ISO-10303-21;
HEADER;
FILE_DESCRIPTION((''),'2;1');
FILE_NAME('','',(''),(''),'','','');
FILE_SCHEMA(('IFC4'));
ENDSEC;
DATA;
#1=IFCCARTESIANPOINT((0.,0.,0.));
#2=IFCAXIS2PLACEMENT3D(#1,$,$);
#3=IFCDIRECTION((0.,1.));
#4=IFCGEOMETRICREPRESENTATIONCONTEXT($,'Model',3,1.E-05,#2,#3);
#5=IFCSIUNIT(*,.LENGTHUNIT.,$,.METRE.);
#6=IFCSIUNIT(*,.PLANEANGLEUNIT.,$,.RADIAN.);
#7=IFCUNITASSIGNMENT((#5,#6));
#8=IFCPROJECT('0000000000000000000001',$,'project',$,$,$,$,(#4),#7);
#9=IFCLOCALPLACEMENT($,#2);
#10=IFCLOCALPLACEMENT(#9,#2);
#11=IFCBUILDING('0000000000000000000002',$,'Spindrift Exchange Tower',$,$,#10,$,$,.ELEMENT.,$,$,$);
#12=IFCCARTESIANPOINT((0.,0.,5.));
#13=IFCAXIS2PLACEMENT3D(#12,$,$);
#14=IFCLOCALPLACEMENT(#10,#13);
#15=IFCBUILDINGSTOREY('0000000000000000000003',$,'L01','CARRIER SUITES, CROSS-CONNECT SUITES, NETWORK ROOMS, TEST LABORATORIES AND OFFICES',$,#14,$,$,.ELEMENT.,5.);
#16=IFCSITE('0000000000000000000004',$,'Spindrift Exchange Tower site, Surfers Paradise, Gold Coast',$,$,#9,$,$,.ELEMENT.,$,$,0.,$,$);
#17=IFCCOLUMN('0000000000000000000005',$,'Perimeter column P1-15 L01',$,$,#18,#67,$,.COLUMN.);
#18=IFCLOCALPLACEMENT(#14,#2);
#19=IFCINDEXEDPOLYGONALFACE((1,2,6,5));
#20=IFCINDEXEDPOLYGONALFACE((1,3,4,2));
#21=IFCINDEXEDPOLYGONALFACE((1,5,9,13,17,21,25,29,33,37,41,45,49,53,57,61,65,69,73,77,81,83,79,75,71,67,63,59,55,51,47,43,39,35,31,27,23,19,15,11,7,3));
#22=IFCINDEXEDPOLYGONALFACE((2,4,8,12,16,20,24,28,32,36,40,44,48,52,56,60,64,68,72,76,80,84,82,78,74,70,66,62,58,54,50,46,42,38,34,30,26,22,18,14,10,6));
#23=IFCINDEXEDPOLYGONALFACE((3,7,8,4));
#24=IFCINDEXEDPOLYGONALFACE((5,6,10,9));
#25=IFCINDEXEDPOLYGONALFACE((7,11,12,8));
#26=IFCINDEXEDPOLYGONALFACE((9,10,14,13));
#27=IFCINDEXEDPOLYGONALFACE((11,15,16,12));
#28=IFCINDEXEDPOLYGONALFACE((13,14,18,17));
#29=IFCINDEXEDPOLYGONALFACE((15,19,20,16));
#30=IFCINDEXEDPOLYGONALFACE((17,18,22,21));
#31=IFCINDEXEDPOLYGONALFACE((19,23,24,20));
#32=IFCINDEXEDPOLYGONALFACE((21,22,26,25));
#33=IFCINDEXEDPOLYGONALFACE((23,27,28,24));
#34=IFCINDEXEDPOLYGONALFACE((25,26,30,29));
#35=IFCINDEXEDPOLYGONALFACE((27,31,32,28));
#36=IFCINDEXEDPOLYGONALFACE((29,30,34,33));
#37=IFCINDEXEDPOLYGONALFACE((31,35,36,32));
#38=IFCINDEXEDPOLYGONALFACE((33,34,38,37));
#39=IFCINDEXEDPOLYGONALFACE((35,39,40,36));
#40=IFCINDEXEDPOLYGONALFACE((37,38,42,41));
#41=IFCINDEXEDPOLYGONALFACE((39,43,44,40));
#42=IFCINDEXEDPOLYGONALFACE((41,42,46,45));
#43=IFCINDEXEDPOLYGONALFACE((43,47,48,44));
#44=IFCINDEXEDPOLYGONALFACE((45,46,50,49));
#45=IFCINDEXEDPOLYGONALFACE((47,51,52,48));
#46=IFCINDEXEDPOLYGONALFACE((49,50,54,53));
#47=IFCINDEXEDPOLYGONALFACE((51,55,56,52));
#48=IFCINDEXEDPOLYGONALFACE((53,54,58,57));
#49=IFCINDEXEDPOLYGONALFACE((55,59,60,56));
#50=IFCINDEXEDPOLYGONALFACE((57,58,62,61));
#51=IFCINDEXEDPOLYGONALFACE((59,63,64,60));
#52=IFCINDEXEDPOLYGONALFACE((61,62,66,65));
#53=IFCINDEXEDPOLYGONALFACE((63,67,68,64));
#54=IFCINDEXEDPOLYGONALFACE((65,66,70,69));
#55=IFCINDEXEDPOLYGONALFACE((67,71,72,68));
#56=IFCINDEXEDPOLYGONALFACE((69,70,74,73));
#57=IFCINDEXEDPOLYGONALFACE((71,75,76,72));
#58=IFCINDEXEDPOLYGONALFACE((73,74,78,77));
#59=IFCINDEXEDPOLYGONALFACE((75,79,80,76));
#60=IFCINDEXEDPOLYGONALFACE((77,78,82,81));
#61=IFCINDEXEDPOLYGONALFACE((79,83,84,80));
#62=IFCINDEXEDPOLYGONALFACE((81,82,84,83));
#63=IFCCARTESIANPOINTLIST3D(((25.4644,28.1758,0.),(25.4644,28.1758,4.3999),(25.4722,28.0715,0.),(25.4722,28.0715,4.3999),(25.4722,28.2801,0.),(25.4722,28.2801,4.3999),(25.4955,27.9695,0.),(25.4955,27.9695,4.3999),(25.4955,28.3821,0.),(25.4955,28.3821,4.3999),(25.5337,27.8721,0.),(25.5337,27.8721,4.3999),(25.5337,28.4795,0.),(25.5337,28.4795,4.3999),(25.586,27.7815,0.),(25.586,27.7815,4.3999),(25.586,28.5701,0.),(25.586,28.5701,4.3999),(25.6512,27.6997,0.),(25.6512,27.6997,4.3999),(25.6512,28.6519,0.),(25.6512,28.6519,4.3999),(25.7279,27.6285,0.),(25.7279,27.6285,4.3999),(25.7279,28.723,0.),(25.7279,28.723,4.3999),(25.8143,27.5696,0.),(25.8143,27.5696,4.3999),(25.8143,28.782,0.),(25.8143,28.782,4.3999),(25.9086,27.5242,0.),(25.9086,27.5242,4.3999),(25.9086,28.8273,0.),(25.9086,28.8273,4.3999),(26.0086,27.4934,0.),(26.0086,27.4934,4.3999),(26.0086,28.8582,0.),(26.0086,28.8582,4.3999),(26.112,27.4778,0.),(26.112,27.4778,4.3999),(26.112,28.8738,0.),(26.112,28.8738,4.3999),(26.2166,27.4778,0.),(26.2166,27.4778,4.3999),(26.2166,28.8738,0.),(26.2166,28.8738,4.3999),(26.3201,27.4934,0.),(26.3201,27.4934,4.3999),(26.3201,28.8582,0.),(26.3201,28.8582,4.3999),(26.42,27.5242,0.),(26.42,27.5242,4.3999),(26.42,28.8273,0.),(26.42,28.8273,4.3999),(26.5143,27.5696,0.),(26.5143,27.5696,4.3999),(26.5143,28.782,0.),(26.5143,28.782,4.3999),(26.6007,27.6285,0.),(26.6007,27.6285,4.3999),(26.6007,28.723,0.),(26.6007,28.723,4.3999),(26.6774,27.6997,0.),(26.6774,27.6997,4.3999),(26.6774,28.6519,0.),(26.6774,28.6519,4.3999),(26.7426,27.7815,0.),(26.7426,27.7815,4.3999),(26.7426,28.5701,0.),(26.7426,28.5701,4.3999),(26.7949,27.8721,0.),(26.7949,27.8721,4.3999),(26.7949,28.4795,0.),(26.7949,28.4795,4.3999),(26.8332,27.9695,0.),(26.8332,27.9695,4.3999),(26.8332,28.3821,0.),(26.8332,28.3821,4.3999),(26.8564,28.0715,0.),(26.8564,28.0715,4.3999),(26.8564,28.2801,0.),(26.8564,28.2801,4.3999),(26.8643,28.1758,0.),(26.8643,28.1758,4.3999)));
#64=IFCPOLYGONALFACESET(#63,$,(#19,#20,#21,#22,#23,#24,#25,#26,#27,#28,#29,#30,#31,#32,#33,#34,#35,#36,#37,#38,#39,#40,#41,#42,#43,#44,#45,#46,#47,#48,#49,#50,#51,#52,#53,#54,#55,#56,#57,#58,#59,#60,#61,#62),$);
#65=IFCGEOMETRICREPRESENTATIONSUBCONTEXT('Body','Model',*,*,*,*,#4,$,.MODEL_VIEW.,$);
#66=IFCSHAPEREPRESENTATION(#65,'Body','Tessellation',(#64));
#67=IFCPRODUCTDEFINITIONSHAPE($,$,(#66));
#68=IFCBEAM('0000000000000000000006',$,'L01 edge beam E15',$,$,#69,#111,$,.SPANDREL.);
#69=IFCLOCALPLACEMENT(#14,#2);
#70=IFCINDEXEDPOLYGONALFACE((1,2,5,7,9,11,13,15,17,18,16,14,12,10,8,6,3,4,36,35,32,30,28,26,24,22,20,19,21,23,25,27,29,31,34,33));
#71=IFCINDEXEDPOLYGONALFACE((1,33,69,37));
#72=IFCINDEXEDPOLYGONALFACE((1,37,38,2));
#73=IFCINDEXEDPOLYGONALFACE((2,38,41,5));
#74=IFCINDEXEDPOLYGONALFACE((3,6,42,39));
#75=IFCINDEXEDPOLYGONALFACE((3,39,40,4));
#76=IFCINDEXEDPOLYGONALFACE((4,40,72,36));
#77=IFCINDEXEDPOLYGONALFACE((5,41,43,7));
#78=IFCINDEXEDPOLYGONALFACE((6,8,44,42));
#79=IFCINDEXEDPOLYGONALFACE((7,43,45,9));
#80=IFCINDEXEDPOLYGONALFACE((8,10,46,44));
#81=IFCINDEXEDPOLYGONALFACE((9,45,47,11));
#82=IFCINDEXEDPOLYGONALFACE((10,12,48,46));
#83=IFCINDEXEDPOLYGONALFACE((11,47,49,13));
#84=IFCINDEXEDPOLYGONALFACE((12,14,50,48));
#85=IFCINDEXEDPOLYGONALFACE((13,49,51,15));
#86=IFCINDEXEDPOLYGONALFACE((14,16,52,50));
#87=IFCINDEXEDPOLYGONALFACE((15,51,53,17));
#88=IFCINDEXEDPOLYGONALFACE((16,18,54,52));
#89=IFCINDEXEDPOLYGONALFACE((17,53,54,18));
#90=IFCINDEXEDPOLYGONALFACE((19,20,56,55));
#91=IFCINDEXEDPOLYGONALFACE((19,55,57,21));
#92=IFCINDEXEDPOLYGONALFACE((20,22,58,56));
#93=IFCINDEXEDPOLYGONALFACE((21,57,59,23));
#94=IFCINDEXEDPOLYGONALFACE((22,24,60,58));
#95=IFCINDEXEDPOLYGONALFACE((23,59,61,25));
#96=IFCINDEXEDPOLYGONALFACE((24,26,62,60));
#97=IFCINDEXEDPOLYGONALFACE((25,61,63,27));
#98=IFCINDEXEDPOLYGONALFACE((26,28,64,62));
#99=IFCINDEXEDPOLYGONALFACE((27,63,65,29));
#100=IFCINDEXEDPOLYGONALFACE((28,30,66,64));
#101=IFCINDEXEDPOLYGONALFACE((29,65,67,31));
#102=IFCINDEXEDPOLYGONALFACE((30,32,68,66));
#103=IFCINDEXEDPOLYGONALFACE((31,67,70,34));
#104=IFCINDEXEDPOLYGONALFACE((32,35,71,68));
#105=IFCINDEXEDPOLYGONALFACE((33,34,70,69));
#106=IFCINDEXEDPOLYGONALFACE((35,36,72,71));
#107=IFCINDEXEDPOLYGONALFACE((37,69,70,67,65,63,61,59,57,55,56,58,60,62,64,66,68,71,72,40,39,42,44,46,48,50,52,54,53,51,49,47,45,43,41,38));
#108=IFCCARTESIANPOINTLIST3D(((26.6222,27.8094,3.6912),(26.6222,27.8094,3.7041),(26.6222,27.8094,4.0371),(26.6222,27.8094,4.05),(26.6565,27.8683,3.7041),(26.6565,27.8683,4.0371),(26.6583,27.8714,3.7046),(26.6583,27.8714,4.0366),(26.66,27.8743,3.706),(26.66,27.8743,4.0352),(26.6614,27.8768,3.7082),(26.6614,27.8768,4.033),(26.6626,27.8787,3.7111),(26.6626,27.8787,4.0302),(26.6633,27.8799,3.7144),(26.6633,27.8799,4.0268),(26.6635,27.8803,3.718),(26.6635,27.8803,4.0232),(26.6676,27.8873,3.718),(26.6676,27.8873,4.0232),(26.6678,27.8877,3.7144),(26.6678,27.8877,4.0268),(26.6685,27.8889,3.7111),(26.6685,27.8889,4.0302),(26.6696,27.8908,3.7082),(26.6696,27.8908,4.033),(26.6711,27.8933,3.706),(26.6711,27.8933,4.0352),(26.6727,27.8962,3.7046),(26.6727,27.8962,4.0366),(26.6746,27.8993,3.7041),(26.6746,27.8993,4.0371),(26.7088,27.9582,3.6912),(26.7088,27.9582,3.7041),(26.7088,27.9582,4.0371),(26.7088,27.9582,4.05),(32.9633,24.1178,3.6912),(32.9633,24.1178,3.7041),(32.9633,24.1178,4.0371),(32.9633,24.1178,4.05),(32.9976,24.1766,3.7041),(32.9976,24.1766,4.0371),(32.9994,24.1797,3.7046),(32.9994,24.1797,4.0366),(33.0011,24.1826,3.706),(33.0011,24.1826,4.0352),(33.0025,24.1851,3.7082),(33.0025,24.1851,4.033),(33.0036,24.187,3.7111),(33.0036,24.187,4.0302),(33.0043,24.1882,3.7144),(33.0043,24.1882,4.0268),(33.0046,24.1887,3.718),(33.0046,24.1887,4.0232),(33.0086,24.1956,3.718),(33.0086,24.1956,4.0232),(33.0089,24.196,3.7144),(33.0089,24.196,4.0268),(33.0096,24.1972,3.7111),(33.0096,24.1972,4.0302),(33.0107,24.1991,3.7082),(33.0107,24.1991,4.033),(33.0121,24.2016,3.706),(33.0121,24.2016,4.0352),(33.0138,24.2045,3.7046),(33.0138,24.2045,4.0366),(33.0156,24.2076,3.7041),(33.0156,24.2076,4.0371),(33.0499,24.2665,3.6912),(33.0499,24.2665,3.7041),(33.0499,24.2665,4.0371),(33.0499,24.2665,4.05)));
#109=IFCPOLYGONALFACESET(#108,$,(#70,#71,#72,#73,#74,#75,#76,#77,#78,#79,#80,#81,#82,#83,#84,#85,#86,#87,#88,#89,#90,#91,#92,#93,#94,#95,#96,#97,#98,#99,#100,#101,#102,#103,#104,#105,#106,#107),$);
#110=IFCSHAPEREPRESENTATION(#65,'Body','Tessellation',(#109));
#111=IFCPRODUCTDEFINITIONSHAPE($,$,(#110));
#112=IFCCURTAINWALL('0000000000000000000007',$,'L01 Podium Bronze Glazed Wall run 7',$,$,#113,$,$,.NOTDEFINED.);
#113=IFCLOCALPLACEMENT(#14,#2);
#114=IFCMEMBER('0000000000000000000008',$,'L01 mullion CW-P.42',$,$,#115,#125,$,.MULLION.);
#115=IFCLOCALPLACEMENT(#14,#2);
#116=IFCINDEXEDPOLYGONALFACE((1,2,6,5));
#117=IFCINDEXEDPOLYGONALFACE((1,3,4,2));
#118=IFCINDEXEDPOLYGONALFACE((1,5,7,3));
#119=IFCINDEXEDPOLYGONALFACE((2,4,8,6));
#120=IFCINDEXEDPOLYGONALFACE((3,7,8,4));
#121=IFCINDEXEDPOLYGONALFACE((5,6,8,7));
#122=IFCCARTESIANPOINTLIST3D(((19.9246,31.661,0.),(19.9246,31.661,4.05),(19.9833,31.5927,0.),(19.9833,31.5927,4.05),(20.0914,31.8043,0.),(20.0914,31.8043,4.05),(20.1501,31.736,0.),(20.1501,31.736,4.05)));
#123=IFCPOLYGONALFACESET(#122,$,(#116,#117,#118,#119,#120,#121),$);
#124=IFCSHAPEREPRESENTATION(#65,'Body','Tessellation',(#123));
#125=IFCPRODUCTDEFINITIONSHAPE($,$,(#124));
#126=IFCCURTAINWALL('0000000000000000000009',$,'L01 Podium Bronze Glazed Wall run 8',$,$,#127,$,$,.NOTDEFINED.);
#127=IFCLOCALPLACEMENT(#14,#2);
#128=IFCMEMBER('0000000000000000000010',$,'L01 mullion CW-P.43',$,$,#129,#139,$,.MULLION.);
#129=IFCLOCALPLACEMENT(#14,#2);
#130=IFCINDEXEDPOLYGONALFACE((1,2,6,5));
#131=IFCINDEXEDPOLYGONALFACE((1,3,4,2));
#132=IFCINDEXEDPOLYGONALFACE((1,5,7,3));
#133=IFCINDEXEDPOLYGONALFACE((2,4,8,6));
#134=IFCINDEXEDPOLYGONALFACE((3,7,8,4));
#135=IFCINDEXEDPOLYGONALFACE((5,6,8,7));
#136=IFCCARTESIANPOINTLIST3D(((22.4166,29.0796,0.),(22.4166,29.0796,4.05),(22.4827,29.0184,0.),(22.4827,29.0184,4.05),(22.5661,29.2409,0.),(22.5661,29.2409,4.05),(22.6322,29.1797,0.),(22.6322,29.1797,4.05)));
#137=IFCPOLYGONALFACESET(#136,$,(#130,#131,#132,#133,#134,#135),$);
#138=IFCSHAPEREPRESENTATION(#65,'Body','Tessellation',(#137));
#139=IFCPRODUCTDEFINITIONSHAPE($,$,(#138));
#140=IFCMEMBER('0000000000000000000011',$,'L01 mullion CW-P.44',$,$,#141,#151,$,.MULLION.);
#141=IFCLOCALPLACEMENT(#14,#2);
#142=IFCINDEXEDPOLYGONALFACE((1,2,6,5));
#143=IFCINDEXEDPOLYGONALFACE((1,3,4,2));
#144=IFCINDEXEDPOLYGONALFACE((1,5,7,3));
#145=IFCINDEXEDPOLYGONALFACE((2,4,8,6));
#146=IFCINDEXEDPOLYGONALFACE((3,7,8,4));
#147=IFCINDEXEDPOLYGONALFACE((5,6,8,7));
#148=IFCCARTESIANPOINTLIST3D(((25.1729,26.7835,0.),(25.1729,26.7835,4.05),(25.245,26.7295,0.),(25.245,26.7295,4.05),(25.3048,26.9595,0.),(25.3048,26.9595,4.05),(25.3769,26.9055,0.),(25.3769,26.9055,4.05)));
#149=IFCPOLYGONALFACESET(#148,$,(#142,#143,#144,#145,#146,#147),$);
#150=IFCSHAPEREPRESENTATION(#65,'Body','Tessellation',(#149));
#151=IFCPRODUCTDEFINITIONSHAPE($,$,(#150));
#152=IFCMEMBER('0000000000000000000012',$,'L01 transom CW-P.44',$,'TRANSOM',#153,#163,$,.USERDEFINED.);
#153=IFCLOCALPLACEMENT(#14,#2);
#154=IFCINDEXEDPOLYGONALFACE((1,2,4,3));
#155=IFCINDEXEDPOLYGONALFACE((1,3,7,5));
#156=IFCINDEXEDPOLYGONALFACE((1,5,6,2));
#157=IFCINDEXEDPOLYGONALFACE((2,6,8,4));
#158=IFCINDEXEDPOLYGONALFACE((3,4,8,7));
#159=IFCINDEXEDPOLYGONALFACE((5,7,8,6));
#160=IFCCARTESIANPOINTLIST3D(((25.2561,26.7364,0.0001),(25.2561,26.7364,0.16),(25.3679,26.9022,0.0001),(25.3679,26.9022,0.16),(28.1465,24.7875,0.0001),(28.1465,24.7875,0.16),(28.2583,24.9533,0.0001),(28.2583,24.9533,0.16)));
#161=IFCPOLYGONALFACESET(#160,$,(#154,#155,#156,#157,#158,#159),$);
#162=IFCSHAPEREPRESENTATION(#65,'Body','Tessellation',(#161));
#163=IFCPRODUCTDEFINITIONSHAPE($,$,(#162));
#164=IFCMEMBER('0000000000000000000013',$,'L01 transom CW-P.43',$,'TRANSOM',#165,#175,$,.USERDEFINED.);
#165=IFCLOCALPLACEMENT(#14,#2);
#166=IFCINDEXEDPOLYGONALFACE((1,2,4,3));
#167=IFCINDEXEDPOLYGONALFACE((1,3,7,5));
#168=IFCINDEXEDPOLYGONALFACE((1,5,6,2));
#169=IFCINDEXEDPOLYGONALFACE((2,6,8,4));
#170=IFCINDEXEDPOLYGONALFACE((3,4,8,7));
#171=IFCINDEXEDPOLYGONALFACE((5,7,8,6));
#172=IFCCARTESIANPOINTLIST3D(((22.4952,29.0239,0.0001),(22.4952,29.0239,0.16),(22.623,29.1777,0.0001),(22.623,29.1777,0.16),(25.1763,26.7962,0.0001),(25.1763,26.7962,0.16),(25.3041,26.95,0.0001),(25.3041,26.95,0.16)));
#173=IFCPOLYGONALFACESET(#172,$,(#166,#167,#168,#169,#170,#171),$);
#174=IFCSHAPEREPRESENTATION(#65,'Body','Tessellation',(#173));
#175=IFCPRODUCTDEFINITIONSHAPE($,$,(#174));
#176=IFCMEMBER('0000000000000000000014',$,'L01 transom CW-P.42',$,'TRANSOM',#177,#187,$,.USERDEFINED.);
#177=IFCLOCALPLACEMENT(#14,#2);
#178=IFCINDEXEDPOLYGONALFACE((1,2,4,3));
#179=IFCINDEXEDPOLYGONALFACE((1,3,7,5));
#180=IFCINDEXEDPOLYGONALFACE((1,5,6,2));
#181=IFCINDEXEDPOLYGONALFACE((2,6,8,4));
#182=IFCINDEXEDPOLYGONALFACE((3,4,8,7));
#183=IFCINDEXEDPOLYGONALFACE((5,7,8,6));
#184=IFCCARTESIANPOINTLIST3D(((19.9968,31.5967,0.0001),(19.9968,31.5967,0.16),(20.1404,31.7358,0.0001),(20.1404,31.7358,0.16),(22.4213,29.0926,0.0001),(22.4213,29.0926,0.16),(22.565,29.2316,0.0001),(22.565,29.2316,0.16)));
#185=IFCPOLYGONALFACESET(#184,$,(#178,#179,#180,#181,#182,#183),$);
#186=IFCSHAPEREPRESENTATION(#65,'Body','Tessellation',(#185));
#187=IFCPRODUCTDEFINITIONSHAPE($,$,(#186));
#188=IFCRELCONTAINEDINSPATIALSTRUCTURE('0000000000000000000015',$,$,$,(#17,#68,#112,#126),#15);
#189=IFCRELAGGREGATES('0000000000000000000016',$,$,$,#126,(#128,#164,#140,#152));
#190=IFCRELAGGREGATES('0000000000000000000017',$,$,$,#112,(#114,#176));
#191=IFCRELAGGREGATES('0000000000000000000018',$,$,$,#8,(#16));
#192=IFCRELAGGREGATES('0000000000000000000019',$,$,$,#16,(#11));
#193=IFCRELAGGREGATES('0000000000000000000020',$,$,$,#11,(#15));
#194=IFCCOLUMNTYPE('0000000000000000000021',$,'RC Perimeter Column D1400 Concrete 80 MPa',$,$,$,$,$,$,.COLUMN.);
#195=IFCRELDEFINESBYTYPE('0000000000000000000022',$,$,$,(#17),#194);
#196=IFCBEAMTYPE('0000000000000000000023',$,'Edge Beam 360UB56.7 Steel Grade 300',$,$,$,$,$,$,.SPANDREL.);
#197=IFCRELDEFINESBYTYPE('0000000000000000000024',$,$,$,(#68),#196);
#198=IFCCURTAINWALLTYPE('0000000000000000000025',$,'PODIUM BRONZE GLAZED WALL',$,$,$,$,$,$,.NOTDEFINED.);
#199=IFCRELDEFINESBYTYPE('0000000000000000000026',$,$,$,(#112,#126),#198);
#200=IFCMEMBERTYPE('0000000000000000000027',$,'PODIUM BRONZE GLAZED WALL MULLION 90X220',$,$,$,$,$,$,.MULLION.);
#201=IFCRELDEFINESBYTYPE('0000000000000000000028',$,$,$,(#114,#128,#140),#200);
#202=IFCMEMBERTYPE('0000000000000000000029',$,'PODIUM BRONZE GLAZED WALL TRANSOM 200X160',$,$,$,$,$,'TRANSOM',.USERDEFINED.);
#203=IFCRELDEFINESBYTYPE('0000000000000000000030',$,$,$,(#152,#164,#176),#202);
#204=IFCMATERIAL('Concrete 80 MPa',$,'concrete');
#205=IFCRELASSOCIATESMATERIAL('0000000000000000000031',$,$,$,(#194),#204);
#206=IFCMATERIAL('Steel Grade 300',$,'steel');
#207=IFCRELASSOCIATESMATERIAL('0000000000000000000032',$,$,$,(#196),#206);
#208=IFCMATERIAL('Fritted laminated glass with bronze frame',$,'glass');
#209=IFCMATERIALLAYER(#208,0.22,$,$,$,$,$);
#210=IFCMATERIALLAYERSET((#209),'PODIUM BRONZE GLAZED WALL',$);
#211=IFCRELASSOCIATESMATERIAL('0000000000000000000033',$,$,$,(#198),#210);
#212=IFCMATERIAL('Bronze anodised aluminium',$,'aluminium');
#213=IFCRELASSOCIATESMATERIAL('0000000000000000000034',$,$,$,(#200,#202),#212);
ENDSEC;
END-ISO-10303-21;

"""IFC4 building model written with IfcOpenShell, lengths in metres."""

from ifc_helpers import new_model, si_unit, direction, frame, origin, origin_2d, place, context, subcontext, project, spatial, rectangle, circle, i_section, extrude, source, transform, mapped, material, layer, layer_set, material_profile, profile_set, type_object, element, aggregate, save


model = new_model("IFC4")

# Units and contexts
model_context = context("Model", 3, precision=1e-05, world=origin(), true_north=direction((0.0, 1.0)))
body_context = subcontext(model_context, "Body", "Model", "MODEL_VIEW")
ifc_project = project(units=[si_unit("LENGTHUNIT", "METRE"), si_unit("PLANEANGLEUNIT", "RADIAN")], contexts=[model_context])

# Site, building, storey
site_placement = place(None, origin())
site = spatial("IfcSite", under=ifc_project, at=site_placement, Name="Spindrift Exchange Tower site, Surfers Paradise, Gold Coast", CompositionType="ELEMENT", RefElevation=0.0)
building_placement = place(site_placement, origin())
building = spatial("IfcBuilding", under=site, at=building_placement, Name="Spindrift Exchange Tower", CompositionType="ELEMENT")
storey_placement = place(building_placement, frame((0.0, 0.0, 5.0)))
storey = spatial("IfcBuildingStorey", under=building, at=storey_placement, Name="L01", Description="CARRIER SUITES, CROSS-CONNECT SUITES, NETWORK ROOMS, TEST LABORATORIES AND OFFICES", CompositionType="ELEMENT", Elevation=5.0)

# Column
ifc_material_1 = material(Name="Concrete 80 MPa", Category="concrete")
ifc_material_profile_1 = material_profile(ifc_material_1, circle(Radius=0.7, at=origin_2d()), Name="RC D1400")
ifc_profile_set_1 = profile_set([ifc_material_profile_1], Name="Concrete 80 MPa")
column_type = type_object("IfcColumnType", Name="RC Perimeter Column D1400 Concrete 80 MPa", PredefinedType="COLUMN", material=ifc_profile_set_1)
shared_shape_1 = source(origin(), body_context, "Body", "SweptSolid", [
    extrude(circle(Radius=0.7, at=origin_2d()), origin(), (0.0, 0.0, 1.0), 4.3999),
])
column_placement = place(storey_placement, frame((26.1643, 28.1758, 0.0), z_axis=(0.0, 0.0, 1.0), x_axis=(1.0, 0.0, 0.0)))
element("IfcColumn", 1, at=column_placement, inside=storey, type_object=column_type, Name="Perimeter column P1-15 L01", PredefinedType="COLUMN", context=body_context, shape_type="MappedRepresentation", body=[
    mapped(shared_shape_1, transform((0.0, 0.0, 0.0), scale=1.0)),
])

# Beam
ifc_material_2 = material(Name="Steel Grade 300", Category="steel")
ifc_material_profile_2 = material_profile(ifc_material_2, i_section(OverallWidth=0.1721, OverallDepth=0.3589, WebThickness=0.0081, FlangeThickness=0.0129, FilletRadius=0.0139, at=origin_2d()), Name="360UB56.7")
ifc_profile_set_2 = profile_set([ifc_material_profile_2], Name="Steel Grade 300")
beam_type = type_object("IfcBeamType", Name="Edge Beam 360UB56.7 Steel Grade 300", PredefinedType="SPANDREL", material=ifc_profile_set_2)
shared_shape_2 = source(origin(), body_context, "Body", "SweptSolid", [
    extrude(i_section(OverallWidth=0.1721, OverallDepth=0.3589, WebThickness=0.0081, FlangeThickness=0.0129, FilletRadius=0.0139, at=origin_2d()), origin(), (0.0, 0.0, 1.0), 7.3374),
])
beam_placement = place(storey_placement, frame((26.6655, 27.8838, 3.8706), z_axis=(0.864212, -0.503128, 0.0), x_axis=(0.503128, 0.864212, 0.0)))
element("IfcBeam", 2, at=beam_placement, inside=storey, type_object=beam_type, Name="L01 edge beam E15", PredefinedType="SPANDREL", context=body_context, shape_type="MappedRepresentation", body=[
    mapped(shared_shape_2, transform((0.0, 0.0, 0.0), scale=1.0)),
])

# Curtain wall, member
ifc_material_3 = material(Name="Fritted laminated glass with bronze frame", Category="glass")
ifc_layer_1 = layer(ifc_material_3, 0.22)
ifc_layer_set_1 = layer_set([ifc_layer_1], Name="PODIUM BRONZE GLAZED WALL")
curtain_wall_type = type_object("IfcCurtainWallType", Name="PODIUM BRONZE GLAZED WALL", PredefinedType="NOTDEFINED", material=ifc_layer_set_1)
curtain_wall_1_placement = place(storey_placement, origin())
curtain_wall_1 = element("IfcCurtainWall", 3, at=curtain_wall_1_placement, inside=storey, type_object=curtain_wall_type, Name="L01 Podium Bronze Glazed Wall run 7", PredefinedType="NOTDEFINED")
ifc_material_4 = material(Name="Bronze anodised aluminium", Category="aluminium")
ifc_material_profile_3 = material_profile(ifc_material_4, rectangle(XDim=0.0901, YDim=0.22, at=origin_2d()), Name="PODIUM BRONZE GLAZED WALL MULLION 90X220")
ifc_profile_set_3 = profile_set([ifc_material_profile_3], Name="Bronze anodised aluminium")
member_type_1 = type_object("IfcMemberType", Name="PODIUM BRONZE GLAZED WALL MULLION 90X220", PredefinedType="MULLION", material=ifc_profile_set_3)
shared_shape_3 = source(origin(), body_context, "Body", "SweptSolid", [
    extrude(rectangle(XDim=0.0901, YDim=0.22, at=origin_2d()), origin(), (0.0, 0.0, 1.0), 4.05),
])
member_1_placement = place(storey_placement, frame((20.0374, 31.6985, 0.0), z_axis=(0.0, 0.0, 1.0), x_axis=(0.651538, -0.758616, 0.0)))
member_1 = element("IfcMember", 4, at=member_1_placement, type_object=member_type_1, Name="L01 mullion CW-P.42", PredefinedType="MULLION", context=body_context, shape_type="MappedRepresentation", body=[
    mapped(shared_shape_3, transform((0.0, 0.0, 0.0), scale=1.0)),
])

# Curtain wall, members
curtain_wall_2_placement = place(storey_placement, origin())
curtain_wall_2 = element("IfcCurtainWall", 5, at=curtain_wall_2_placement, inside=storey, type_object=curtain_wall_type, Name="L01 Podium Bronze Glazed Wall run 8", PredefinedType="NOTDEFINED")
member_2_placement = place(storey_placement, frame((22.5244, 29.1296, 0.0), z_axis=(0.0, 0.0, 1.0), x_axis=(0.733434, -0.679761, 0.0)))
member_2 = element("IfcMember", 6, at=member_2_placement, type_object=member_type_1, Name="L01 mullion CW-P.43", PredefinedType="MULLION", context=body_context, shape_type="MappedRepresentation", body=[
    mapped(shared_shape_3, transform((0.0, 0.0, 0.0), scale=1.0)),
])
member_3_placement = place(storey_placement, frame((25.2749, 26.8445, 0.0), z_axis=(0.0, 0.0, 1.0), x_axis=(0.800125, -0.599833, 0.0)))
member_3 = element("IfcMember", 7, at=member_3_placement, type_object=member_type_1, Name="L01 mullion CW-P.44", PredefinedType="MULLION", context=body_context, shape_type="MappedRepresentation", body=[
    mapped(shared_shape_3, transform((0.0, 0.0, 0.0), scale=1.0)),
])
ifc_material_profile_4 = material_profile(ifc_material_4, rectangle(XDim=0.2, YDim=0.1599, at=origin_2d()), Name="PODIUM BRONZE GLAZED WALL TRANSOM 200X160")
ifc_profile_set_4 = profile_set([ifc_material_profile_4], Name="Bronze anodised aluminium")
member_type_2 = type_object("IfcMemberType", Name="PODIUM BRONZE GLAZED WALL TRANSOM 200X160", ElementType="TRANSOM", PredefinedType="USERDEFINED", material=ifc_profile_set_4)
shared_shape_4 = source(origin(), body_context, "Body", "SweptSolid", [
    extrude(rectangle(XDim=0.2, YDim=0.1599, at=origin_2d()), origin(), (0.0, 0.0, 1.0), 3.4861),
])
member_4_placement = place(storey_placement, frame((25.312, 26.8193, 0.0801), z_axis=(0.829119, -0.559072, 0.0), x_axis=(0.559072, 0.829119, 0.0)))
member_4 = element("IfcMember", 8, at=member_4_placement, type_object=member_type_2, Name="L01 transom CW-P.44", ObjectType="TRANSOM", PredefinedType="USERDEFINED", context=body_context, shape_type="MappedRepresentation", body=[
    mapped(shared_shape_4, transform((0.0, 0.0, 0.0), scale=1.0)),
])
shared_shape_5 = source(origin(), body_context, "Body", "SweptSolid", [
    extrude(rectangle(XDim=0.2, YDim=0.1599, at=origin_2d()), origin(), (0.0, 0.0, 1.0), 3.4858),
])
member_5_placement = place(storey_placement, frame((22.5591, 29.1008, 0.0801), z_axis=(0.769139, -0.639082, 0.0), x_axis=(0.639082, 0.769139, 0.0)))
member_5 = element("IfcMember", 9, at=member_5_placement, type_object=member_type_2, Name="L01 transom CW-P.43", ObjectType="TRANSOM", PredefinedType="USERDEFINED", context=body_context, shape_type="MappedRepresentation", body=[
    mapped(shared_shape_5, transform((0.0, 0.0, 0.0), scale=1.0)),
])

# Member
shared_shape_6 = source(origin(), body_context, "Body", "SweptSolid", [
    extrude(rectangle(XDim=0.2, YDim=0.1599, at=origin_2d()), origin(), (0.0, 0.0, 1.0), 3.4856),
])
member_6_placement = place(storey_placement, frame((20.0686, 31.6663, 0.0801), z_axis=(0.695598, -0.718432, 0.0), x_axis=(0.718432, 0.695598, 0.0)))
member_6 = element("IfcMember", 10, at=member_6_placement, type_object=member_type_2, Name="L01 transom CW-P.42", ObjectType="TRANSOM", PredefinedType="USERDEFINED", context=body_context, shape_type="MappedRepresentation", body=[
    mapped(shared_shape_6, transform((0.0, 0.0, 0.0), scale=1.0)),
])

aggregate(curtain_wall_2, [member_2, member_5, member_3, member_4])
aggregate(curtain_wall_1, [member_1, member_6])

save(model, "model.ifc")
